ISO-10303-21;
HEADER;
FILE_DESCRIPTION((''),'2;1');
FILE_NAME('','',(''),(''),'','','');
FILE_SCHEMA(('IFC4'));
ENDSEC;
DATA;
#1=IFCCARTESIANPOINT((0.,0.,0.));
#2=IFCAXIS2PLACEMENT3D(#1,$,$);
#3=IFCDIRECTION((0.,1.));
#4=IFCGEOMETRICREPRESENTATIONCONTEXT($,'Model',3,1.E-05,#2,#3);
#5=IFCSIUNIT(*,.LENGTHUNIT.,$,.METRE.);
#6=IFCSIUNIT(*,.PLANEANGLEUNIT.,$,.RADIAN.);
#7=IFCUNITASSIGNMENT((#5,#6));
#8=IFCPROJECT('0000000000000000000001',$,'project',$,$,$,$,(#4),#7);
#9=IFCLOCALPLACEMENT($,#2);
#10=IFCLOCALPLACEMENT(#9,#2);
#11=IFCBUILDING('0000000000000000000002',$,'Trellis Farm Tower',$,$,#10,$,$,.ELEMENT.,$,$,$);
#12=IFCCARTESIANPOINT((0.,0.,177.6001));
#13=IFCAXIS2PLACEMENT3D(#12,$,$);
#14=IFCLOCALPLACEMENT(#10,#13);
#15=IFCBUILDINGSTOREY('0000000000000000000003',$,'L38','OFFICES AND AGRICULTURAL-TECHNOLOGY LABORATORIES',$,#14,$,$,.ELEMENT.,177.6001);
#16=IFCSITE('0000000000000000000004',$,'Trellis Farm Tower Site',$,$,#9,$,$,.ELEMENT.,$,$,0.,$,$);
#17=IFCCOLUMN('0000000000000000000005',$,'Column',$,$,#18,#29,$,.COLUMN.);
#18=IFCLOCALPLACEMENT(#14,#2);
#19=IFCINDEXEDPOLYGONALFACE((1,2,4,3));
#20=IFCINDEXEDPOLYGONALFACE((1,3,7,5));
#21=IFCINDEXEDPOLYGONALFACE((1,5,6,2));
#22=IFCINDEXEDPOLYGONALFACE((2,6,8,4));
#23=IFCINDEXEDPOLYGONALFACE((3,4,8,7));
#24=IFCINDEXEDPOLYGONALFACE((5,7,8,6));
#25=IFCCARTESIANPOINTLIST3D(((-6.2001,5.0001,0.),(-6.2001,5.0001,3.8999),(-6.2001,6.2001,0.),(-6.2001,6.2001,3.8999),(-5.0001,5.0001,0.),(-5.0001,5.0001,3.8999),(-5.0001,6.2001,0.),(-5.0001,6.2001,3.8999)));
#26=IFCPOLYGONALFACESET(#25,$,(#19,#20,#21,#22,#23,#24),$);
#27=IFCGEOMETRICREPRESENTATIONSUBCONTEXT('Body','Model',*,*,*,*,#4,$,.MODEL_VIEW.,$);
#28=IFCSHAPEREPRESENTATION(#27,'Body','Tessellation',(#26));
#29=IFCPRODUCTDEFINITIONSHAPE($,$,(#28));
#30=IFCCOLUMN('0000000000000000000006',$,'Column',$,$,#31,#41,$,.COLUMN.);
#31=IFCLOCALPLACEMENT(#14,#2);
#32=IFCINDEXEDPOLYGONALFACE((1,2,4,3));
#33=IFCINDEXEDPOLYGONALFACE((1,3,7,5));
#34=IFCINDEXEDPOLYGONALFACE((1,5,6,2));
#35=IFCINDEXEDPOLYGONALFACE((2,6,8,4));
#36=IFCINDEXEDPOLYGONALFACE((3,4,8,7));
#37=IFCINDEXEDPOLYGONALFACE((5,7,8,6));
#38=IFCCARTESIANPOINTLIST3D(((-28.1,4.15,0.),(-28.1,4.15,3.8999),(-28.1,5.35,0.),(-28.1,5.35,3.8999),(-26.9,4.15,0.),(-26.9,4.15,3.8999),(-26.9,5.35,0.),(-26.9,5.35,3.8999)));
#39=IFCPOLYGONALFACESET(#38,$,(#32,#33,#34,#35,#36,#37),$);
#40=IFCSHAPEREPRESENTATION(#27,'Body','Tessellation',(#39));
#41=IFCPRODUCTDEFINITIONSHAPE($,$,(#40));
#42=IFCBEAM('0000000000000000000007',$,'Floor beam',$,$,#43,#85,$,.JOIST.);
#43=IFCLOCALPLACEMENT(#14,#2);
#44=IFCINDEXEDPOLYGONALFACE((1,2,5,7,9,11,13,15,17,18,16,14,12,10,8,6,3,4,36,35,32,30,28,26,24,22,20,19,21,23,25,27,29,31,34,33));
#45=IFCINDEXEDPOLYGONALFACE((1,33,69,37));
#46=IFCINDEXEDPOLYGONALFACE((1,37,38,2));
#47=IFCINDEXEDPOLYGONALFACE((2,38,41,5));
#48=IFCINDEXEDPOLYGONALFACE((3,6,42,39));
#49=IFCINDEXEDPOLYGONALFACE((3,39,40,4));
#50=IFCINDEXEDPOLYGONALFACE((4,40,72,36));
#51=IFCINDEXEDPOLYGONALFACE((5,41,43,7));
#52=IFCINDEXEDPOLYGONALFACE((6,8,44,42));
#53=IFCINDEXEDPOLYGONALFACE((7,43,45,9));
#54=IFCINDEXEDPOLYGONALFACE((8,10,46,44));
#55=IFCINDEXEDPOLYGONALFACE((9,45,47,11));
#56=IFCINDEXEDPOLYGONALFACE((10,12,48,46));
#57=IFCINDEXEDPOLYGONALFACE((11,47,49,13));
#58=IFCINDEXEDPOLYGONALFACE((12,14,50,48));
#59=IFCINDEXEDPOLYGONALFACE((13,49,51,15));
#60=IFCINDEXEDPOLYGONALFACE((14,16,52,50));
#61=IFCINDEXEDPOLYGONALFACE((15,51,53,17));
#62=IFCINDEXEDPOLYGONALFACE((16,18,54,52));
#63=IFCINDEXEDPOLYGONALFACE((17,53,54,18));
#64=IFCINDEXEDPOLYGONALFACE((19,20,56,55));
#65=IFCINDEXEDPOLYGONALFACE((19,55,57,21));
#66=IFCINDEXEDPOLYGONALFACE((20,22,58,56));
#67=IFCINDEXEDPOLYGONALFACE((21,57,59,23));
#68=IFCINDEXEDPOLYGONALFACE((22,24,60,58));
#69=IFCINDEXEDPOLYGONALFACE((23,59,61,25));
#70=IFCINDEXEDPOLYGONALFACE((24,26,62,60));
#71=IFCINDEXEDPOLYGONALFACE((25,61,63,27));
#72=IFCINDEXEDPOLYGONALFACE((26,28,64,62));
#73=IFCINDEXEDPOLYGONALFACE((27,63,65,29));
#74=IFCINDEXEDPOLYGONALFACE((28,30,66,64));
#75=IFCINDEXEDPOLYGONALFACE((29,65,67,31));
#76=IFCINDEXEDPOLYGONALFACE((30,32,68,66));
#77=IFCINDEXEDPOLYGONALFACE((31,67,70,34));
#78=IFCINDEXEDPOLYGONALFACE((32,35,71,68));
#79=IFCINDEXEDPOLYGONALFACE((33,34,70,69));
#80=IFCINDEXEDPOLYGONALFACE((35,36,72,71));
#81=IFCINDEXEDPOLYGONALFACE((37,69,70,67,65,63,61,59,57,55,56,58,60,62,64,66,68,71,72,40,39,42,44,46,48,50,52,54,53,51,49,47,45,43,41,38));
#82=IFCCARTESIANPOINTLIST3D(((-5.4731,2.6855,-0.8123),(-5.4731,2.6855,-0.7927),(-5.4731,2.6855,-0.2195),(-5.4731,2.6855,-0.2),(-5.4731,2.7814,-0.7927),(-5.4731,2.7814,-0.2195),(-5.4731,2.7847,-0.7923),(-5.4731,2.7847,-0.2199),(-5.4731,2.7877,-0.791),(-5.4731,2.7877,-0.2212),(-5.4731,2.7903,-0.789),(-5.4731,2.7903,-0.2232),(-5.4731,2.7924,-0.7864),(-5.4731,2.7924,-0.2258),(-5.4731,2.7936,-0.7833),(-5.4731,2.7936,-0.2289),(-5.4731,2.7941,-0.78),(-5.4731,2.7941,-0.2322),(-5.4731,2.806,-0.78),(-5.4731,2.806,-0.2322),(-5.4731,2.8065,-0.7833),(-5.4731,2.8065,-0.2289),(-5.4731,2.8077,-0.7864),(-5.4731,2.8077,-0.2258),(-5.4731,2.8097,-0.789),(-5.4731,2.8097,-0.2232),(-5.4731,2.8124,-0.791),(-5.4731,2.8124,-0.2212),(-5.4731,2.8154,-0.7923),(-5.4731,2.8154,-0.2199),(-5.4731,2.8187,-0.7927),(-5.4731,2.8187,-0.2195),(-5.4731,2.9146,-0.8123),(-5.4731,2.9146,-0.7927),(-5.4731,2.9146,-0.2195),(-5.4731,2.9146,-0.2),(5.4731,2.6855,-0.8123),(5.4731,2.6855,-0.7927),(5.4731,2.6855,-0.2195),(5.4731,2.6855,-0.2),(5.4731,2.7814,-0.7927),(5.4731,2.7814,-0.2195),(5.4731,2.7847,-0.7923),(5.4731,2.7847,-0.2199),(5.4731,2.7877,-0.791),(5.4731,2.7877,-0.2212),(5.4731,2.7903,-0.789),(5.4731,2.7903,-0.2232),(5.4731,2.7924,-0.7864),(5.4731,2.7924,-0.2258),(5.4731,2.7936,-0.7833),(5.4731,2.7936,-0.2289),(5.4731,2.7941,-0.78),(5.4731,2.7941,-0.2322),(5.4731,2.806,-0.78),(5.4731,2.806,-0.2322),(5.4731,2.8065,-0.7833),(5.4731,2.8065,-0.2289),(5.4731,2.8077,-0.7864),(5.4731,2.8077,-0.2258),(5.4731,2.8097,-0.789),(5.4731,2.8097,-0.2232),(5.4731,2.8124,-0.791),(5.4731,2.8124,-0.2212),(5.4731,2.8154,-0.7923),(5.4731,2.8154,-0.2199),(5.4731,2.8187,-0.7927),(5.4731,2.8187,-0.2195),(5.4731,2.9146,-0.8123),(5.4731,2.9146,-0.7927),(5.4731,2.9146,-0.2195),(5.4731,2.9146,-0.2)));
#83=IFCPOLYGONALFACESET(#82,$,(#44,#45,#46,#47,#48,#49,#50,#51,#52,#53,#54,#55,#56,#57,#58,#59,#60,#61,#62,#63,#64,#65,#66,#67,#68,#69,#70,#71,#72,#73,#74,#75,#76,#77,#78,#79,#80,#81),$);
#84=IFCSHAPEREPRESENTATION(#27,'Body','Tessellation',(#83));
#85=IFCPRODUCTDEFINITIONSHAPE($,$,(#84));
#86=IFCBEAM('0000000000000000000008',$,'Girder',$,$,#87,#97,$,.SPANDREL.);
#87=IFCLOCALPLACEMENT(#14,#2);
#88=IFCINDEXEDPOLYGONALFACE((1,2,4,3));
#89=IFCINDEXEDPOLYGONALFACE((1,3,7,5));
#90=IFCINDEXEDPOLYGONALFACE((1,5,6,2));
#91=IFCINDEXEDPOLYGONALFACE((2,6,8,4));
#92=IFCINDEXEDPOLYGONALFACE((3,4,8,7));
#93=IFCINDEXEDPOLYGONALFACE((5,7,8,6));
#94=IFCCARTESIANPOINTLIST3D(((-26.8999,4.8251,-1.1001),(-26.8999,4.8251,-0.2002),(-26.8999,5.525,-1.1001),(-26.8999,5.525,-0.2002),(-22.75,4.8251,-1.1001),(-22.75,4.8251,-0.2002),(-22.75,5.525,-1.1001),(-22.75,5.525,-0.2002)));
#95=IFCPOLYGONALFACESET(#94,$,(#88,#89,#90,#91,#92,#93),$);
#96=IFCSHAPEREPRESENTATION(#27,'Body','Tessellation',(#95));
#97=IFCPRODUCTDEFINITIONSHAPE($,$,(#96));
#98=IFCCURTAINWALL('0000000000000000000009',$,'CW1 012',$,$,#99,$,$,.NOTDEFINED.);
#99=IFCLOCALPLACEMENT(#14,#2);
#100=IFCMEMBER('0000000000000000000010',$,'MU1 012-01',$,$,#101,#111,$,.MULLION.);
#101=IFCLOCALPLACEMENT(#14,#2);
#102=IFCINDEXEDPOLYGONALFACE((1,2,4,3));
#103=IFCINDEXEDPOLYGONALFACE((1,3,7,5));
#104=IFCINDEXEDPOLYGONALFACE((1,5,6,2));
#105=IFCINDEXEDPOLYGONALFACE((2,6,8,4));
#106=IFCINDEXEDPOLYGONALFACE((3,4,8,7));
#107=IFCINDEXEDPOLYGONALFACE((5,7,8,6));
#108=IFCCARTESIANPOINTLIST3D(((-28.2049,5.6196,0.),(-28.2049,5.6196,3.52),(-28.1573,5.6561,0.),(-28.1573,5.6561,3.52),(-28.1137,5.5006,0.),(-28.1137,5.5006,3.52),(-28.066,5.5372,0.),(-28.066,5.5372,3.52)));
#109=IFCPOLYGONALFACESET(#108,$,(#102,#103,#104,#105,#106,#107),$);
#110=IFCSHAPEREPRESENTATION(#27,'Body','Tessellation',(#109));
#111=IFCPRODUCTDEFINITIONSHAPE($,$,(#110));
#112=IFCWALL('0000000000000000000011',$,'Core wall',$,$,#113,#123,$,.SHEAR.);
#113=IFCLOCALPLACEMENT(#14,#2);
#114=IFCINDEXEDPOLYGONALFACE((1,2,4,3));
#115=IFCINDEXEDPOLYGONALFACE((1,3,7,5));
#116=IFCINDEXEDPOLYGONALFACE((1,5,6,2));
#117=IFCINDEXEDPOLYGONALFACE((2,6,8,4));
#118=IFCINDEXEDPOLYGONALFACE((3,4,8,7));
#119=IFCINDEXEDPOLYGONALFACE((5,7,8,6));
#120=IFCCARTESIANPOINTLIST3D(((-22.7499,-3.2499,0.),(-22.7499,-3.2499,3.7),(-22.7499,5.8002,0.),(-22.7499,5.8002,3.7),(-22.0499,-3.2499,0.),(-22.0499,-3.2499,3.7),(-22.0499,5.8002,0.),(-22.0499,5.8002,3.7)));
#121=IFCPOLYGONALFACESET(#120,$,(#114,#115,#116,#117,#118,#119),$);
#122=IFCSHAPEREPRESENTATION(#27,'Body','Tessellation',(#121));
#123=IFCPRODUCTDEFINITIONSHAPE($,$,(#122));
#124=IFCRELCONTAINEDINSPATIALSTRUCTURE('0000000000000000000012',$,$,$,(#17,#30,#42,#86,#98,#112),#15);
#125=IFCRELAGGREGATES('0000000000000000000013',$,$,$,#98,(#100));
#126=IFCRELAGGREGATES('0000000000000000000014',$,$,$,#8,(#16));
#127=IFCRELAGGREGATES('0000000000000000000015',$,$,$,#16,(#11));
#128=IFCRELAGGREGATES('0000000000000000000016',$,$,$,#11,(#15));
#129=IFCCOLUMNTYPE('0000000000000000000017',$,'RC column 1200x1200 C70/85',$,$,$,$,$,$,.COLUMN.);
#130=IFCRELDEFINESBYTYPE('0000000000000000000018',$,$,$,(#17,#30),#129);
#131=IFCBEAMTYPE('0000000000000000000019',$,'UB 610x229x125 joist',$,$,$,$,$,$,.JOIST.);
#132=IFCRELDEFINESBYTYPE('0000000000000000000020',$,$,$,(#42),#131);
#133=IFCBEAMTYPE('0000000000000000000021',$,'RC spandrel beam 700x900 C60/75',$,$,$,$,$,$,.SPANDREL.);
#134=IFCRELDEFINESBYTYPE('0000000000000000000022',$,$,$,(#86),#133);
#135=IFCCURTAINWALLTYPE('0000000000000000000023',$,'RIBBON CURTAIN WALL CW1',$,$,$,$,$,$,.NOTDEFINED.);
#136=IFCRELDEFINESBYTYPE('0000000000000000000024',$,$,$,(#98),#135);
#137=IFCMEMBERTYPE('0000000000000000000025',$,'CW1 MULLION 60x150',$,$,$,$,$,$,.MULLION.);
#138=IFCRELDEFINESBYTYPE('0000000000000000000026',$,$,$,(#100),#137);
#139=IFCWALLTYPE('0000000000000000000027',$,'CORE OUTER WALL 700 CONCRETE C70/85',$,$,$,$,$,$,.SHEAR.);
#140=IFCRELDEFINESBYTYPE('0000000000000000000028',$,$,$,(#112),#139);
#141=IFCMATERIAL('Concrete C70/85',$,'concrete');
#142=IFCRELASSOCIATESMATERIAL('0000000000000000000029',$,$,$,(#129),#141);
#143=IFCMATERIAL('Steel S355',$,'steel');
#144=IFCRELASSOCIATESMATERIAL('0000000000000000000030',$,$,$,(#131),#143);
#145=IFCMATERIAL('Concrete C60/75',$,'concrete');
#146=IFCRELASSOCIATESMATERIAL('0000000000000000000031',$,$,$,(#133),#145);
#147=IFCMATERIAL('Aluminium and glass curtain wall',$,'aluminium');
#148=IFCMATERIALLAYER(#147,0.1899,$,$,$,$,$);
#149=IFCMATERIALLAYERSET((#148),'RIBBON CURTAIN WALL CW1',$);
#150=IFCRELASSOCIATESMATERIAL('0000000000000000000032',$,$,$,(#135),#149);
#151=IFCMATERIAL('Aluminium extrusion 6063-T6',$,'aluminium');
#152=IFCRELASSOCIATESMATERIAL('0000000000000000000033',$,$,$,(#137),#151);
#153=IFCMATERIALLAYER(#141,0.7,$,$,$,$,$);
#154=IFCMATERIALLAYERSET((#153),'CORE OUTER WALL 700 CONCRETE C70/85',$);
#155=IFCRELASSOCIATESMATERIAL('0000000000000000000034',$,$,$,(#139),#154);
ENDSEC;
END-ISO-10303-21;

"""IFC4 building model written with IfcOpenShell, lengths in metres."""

from ifc_helpers import new_model, si_unit, direction, frame, frame_2d, origin, origin_2d, place, context, subcontext, project, spatial, rectangle, i_section, extrude, source, transform, mapped, material, layer, layer_set, material_profile, profile_set, type_object, element, aggregate, save


model = new_model("IFC4")

# Units and contexts
model_context = context("Model", 3, precision=1e-05, world=origin(), true_north=direction((0.0, 1.0)))
body_context = subcontext(model_context, "Body", "Model", "MODEL_VIEW")
ifc_project = project(units=[si_unit("LENGTHUNIT", "METRE"), si_unit("PLANEANGLEUNIT", "RADIAN")], contexts=[model_context])

# Site, building, storey
site_placement = place(None, origin())
site = spatial("IfcSite", under=ifc_project, at=site_placement, Name="Trellis Farm Tower Site", CompositionType="ELEMENT", RefElevation=0.0)
building_placement = place(site_placement, origin())
building = spatial("IfcBuilding", under=site, at=building_placement, Name="Trellis Farm Tower", CompositionType="ELEMENT")
storey_placement = place(building_placement, frame((0.0, 0.0, 177.6001)))
storey = spatial("IfcBuildingStorey", under=building, at=storey_placement, Name="L38", Description="OFFICES AND AGRICULTURAL-TECHNOLOGY LABORATORIES", CompositionType="ELEMENT", Elevation=177.6001)

# Columns
ifc_material_1 = material(Name="Concrete C70/85", Category="concrete")
ifc_material_profile_1 = material_profile(ifc_material_1, rectangle(XDim=1.2, YDim=1.2, at=origin_2d()), Name="RC column 1200x1200 C70/85")
ifc_profile_set_1 = profile_set([ifc_material_profile_1], Name="Concrete C70/85")
column_type = type_object("IfcColumnType", Name="RC column 1200x1200 C70/85", PredefinedType="COLUMN", material=ifc_profile_set_1)
shared_shape_1 = source(origin(), body_context, "Body", "SweptSolid", [
    extrude(rectangle(XDim=1.2, YDim=1.2, at=origin_2d()), origin(), (0.0, 0.0, 1.0), 3.8999),
])
for number, where, z_axis, x_axis, name in (
    (1, (-5.6001, 5.6001, 0.0), (0.0, 0.0, 1.0), (1.0, 0.0, 0.0), "Column"),
    (2, (-27.5, 4.75, 0.0), (0.0, 0.0, 1.0), (1.0, 0.0, 0.0), "Column"),
):
    element("IfcColumn", number, at=place(storey_placement, frame(where, z_axis=z_axis, x_axis=x_axis)), inside=storey, type_object=column_type, Name=name, PredefinedType="COLUMN", context=body_context, shape_type="MappedRepresentation", body=[
        mapped(shared_shape_1, transform((0.0, 0.0, 0.0))),
    ])

# Beams
ifc_material_2 = material(Name="Steel S355", Category="steel")
ifc_material_profile_2 = material_profile(ifc_material_2, i_section(OverallWidth=0.229, OverallDepth=0.6123, WebThickness=0.012, FlangeThickness=0.0195, FilletRadius=0.0127, at=origin_2d()), Name="UB 610x229x125")
ifc_profile_set_2 = profile_set([ifc_material_profile_2], Name="Steel S355")
beam_type_1 = type_object("IfcBeamType", Name="UB 610x229x125 joist", PredefinedType="JOIST", material=ifc_profile_set_2)
shared_shape_2 = source(origin(), body_context, "Body", "SweptSolid", [
    extrude(i_section(OverallWidth=0.229, OverallDepth=0.6123, WebThickness=0.012, FlangeThickness=0.0195, FilletRadius=0.0127, at=origin_2d()), origin(), (0.0, 0.0, 1.0), 10.9463),
])
beam_1_placement = place(storey_placement, frame((-5.4731, 2.8, -0.5061), z_axis=(1.0, 0.0, 0.0), x_axis=(0.0, 1.0, 0.0)))
element("IfcBeam", 3, at=beam_1_placement, inside=storey, type_object=beam_type_1, Name="Floor beam", PredefinedType="JOIST", context=body_context, shape_type="MappedRepresentation", body=[
    mapped(shared_shape_2, transform((0.0, 0.0, 0.0))),
])
ifc_material_3 = material(Name="Concrete C60/75", Category="concrete")
ifc_material_profile_3 = material_profile(ifc_material_3, rectangle(XDim=0.7, YDim=0.8999, at=origin_2d()), Name="RC spandrel beam 700x900 C60/75")
ifc_profile_set_3 = profile_set([ifc_material_profile_3], Name="Concrete C60/75")
beam_type_2 = type_object("IfcBeamType", Name="RC spandrel beam 700x900 C60/75", PredefinedType="SPANDREL", material=ifc_profile_set_3)
shared_shape_3 = source(origin(), body_context, "Body", "SweptSolid", [
    extrude(rectangle(XDim=0.7, YDim=0.8999, at=origin_2d()), origin(), (0.0, 0.0, 1.0), 4.1499),
])
beam_2_placement = place(storey_placement, frame((-26.8999, 5.175, -0.6501), z_axis=(1.0, 0.0, 0.0), x_axis=(0.0, 1.0, 0.0)))
element("IfcBeam", 4, at=beam_2_placement, inside=storey, type_object=beam_type_2, Name="Girder", PredefinedType="SPANDREL", context=body_context, shape_type="MappedRepresentation", body=[
    mapped(shared_shape_3, transform((0.0, 0.0, 0.0))),
])

# Curtain wall, member
ifc_material_4 = material(Name="Aluminium and glass curtain wall", Category="aluminium")
ifc_layer_1 = layer(ifc_material_4, 0.1899)
ifc_layer_set_1 = layer_set([ifc_layer_1], Name="RIBBON CURTAIN WALL CW1")
curtain_wall_type = type_object("IfcCurtainWallType", Name="RIBBON CURTAIN WALL CW1", PredefinedType="NOTDEFINED", material=ifc_layer_set_1)
placement = place(storey_placement, origin())
curtain_wall = element("IfcCurtainWall", 5, at=placement, inside=storey, type_object=curtain_wall_type, Name="CW1 012", PredefinedType="NOTDEFINED")
ifc_material_5 = material(Name="Aluminium extrusion 6063-T6", Category="aluminium")
ifc_material_profile_4 = material_profile(ifc_material_5, rectangle(XDim=0.0601, YDim=0.1499, at=origin_2d()), Name="MULLION 60x150")
ifc_profile_set_4 = profile_set([ifc_material_profile_4], Name="Aluminium extrusion 6063-T6")
member_type = type_object("IfcMemberType", Name="CW1 MULLION 60x150", PredefinedType="MULLION", material=ifc_profile_set_4)
shared_shape_4 = source(origin(), body_context, "Body", "SweptSolid", [
    extrude(rectangle(XDim=0.0601, YDim=0.1499, at=origin_2d()), origin(), (0.0, 0.0, 1.0), 3.52),
])
member_placement = place(storey_placement, frame((-28.1355, 5.5784, 0.0), z_axis=(0.0, 0.0, 1.0), x_axis=(-0.793353, -0.608761, 0.0)))
member = element("IfcMember", 6, at=member_placement, type_object=member_type, Name="MU1 012-01", PredefinedType="MULLION", context=body_context, shape_type="MappedRepresentation", body=[
    mapped(shared_shape_4, transform((0.0, 0.0, 0.0))),
])
aggregate(curtain_wall, [member])

# Wall
ifc_layer_2 = layer(ifc_material_1, 0.7)
ifc_layer_set_2 = layer_set([ifc_layer_2], Name="CORE OUTER WALL 700 CONCRETE C70/85")
wall_type_1 = type_object("IfcWallType", Name="CORE OUTER WALL 700 CONCRETE C70/85", PredefinedType="SHEAR", material=ifc_layer_set_2)
shared_shape_5 = source(origin(), body_context, "Body", "SweptSolid", [
    extrude(rectangle(XDim=9.05, YDim=0.7, at=frame_2d((4.5249, 0.0))), origin(), (0.0, 0.0, 1.0), 3.7),
])
wall_1_placement = place(storey_placement, frame((-22.3999, 5.8, 0.0), z_axis=(0.0, 0.0, 1.0), x_axis=(0.0, -1.0, 0.0)))
element("IfcWall", 7, at=wall_1_placement, inside=storey, type_object=wall_type_1, Name="Core wall", PredefinedType="SHEAR", context=body_context, shape_type="MappedRepresentation", body=[
    mapped(shared_shape_5, transform((0.0, 0.0, 0.0))),
])

save(model, "model.ifc")
